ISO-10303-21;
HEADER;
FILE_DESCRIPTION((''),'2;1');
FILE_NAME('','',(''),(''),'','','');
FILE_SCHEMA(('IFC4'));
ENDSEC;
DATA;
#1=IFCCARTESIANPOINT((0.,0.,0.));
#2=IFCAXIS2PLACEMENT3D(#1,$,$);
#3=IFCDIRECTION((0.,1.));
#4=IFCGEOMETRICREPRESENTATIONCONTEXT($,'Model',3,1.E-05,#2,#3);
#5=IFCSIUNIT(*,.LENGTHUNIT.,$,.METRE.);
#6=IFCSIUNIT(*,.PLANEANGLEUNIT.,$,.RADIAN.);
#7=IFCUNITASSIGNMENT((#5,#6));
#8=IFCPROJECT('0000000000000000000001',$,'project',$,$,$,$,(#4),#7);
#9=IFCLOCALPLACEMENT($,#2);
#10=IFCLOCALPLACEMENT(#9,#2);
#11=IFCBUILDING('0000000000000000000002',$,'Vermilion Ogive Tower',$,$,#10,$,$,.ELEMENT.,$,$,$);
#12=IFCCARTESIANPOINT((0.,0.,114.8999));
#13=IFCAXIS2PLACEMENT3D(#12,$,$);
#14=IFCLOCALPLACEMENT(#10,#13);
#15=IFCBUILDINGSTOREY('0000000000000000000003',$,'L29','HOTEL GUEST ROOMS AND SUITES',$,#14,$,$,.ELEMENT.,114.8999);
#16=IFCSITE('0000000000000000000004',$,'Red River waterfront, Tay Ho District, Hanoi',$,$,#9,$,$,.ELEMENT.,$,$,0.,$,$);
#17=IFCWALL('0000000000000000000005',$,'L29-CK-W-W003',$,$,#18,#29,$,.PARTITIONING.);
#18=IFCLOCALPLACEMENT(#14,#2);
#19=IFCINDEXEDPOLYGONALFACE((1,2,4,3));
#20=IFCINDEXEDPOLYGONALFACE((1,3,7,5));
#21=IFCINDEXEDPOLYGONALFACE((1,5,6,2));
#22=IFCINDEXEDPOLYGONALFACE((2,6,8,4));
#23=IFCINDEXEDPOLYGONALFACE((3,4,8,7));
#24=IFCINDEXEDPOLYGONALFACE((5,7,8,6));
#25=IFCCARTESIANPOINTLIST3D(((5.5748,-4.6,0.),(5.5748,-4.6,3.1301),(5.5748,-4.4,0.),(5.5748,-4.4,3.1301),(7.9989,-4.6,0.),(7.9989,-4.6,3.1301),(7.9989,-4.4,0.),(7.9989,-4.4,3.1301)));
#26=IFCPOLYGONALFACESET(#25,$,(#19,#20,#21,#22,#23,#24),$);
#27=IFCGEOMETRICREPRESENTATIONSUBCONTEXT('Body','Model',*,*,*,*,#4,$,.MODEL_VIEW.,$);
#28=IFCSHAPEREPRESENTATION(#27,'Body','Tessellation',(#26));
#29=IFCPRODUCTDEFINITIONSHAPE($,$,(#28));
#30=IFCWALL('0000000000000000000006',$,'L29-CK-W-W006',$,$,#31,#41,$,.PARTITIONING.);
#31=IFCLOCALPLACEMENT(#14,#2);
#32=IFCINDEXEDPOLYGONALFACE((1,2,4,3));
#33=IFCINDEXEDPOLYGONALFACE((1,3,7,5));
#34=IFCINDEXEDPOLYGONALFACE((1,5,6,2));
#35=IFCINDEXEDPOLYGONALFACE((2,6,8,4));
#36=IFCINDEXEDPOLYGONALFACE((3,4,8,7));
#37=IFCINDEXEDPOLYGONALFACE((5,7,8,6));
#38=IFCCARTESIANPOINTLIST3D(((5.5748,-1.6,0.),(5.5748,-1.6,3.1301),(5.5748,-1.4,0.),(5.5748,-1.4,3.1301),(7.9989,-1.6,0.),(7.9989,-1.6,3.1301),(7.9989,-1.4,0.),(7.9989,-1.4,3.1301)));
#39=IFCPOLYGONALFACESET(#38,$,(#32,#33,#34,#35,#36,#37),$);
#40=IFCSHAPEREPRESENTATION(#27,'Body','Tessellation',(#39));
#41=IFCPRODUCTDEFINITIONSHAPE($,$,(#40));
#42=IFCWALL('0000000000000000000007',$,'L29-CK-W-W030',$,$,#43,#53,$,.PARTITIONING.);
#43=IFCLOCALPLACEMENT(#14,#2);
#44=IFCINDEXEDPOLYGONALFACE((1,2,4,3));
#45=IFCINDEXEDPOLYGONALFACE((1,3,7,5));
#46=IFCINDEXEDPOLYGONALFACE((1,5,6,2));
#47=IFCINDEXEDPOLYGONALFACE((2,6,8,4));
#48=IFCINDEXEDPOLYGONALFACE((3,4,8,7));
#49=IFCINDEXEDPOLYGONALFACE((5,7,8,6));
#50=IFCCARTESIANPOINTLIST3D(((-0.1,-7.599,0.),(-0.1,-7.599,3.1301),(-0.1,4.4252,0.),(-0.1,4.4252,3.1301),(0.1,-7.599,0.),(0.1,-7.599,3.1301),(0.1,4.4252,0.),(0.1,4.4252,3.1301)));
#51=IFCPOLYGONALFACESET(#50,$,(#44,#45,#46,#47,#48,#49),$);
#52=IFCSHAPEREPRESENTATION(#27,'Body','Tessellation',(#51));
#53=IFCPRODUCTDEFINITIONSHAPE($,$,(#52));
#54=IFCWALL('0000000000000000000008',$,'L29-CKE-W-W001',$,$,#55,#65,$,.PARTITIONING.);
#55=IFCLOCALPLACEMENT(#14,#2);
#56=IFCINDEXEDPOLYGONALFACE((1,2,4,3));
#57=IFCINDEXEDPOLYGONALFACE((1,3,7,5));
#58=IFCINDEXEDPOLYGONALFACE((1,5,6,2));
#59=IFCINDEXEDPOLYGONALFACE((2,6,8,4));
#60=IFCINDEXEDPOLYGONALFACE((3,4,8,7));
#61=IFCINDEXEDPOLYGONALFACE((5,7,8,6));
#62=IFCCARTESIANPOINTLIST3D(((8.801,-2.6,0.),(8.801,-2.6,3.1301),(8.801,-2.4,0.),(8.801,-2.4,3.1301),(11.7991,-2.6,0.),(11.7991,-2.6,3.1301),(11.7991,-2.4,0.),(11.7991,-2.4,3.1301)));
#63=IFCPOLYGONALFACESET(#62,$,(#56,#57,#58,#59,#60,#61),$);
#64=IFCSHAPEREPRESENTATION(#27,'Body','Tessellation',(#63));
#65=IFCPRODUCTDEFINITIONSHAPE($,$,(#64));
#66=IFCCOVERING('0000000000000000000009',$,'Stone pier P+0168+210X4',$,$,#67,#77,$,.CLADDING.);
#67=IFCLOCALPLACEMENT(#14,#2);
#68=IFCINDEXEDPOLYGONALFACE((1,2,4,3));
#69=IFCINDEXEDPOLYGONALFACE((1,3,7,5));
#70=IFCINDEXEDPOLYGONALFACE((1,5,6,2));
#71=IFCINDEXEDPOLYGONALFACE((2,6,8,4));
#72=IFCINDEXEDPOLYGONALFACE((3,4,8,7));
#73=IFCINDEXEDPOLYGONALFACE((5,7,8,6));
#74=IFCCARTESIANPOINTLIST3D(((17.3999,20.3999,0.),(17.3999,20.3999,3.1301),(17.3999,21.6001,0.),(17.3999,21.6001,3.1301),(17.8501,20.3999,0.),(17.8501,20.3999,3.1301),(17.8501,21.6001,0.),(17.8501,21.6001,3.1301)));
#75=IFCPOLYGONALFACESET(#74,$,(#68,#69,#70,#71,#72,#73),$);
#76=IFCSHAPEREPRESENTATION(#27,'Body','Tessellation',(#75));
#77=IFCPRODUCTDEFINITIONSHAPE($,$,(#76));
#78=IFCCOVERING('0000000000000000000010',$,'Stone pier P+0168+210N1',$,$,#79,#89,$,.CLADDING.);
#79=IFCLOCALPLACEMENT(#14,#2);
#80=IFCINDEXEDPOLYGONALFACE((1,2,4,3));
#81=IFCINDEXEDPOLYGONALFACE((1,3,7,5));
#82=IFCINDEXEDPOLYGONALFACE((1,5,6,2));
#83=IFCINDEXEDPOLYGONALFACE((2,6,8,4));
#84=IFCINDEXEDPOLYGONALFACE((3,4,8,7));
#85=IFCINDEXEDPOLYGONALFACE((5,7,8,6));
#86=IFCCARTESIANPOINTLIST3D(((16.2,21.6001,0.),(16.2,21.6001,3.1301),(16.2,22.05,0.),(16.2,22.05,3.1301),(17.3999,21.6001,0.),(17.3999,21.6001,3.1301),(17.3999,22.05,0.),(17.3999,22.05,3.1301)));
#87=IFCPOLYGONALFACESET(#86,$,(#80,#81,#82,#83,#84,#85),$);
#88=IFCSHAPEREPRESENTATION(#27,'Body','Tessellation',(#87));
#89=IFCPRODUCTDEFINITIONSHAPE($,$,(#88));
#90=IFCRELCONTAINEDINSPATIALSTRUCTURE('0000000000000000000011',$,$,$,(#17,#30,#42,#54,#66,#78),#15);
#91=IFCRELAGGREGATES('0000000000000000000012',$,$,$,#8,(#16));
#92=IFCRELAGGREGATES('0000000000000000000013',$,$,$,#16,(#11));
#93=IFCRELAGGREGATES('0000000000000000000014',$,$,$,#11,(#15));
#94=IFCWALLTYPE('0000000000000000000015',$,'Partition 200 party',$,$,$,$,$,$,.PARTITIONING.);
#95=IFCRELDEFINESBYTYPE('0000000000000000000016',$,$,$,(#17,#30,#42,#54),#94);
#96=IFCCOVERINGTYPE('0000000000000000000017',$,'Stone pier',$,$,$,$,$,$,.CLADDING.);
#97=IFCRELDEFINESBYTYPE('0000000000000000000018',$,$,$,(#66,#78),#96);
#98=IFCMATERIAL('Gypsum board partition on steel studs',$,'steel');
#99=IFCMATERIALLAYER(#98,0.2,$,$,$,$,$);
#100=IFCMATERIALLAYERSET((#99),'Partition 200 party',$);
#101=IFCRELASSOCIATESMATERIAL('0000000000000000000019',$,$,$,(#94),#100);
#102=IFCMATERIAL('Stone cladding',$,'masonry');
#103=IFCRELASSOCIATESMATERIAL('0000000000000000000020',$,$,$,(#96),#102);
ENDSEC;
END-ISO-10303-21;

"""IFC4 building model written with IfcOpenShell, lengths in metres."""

from ifc_helpers import new_model, si_unit, direction, frame, frame_2d, origin, place, context, subcontext, project, spatial, polyline, rectangle, outline, extrude, material, layer, layer_set, type_object, element, save


model = new_model("IFC4")

# Units and contexts
model_context = context("Model", 3, precision=1e-05, world=origin(), true_north=direction((0.0, 1.0)))
body_context = subcontext(model_context, "Body", "Model", "MODEL_VIEW")
ifc_project = project(units=[si_unit("LENGTHUNIT", "METRE"), si_unit("PLANEANGLEUNIT", "RADIAN")], contexts=[model_context])

# Site, building, storey
site_placement = place(None, origin())
site = spatial("IfcSite", under=ifc_project, at=site_placement, Name="Red River waterfront, Tay Ho District, Hanoi", CompositionType="ELEMENT", RefElevation=0.0)
building_placement = place(site_placement, origin())
building = spatial("IfcBuilding", under=site, at=building_placement, Name="Vermilion Ogive Tower", CompositionType="ELEMENT")
storey_placement = place(building_placement, frame((0.0, 0.0, 114.8999)))
storey = spatial("IfcBuildingStorey", under=building, at=storey_placement, Name="L29", Description="HOTEL GUEST ROOMS AND SUITES", CompositionType="ELEMENT", Elevation=114.8999)

# Walls
ifc_material_1 = material(Name="Gypsum board partition on steel studs", Category="steel")
ifc_layer_1 = layer(ifc_material_1, 0.2)
ifc_layer_set_1 = layer_set([ifc_layer_1], Name="Partition 200 party")
wall_type_1 = type_object("IfcWallType", Name="Partition 200 party", PredefinedType="PARTITIONING", material=ifc_layer_set_1)
for number, where, z_axis, x_axis, name in (
    (1, (5.575, -4.5, 0.0), (0.0, 0.0, 1.0), (1.0, 0.0, 0.0), "L29-CK-W-W003"),
    (2, (5.575, -1.5, 0.0), (0.0, 0.0, 1.0), (1.0, 0.0, 0.0), "L29-CK-W-W006"),
):
    element("IfcWall", number, at=place(storey_placement, frame(where, z_axis=z_axis, x_axis=x_axis)), inside=storey, type_object=wall_type_1, Name=name, PredefinedType="PARTITIONING", context=body_context, shape_type="SweptSolid", body=[
        extrude(rectangle(XDim=2.4241, YDim=0.2, at=frame_2d((1.2119, 0.0))), origin(), (0.0, 0.0, 1.0), 3.1301),
    ])
wall_1_placement = place(storey_placement, frame((0.0, -7.5991, 0.0), z_axis=(0.0, 0.0, 1.0), x_axis=(0.0, 1.0, 0.0)))
element("IfcWall", 3, at=wall_1_placement, inside=storey, type_object=wall_type_1, Name="L29-CK-W-W030", PredefinedType="PARTITIONING", context=body_context, shape_type="SweptSolid", body=[
    extrude(rectangle(XDim=12.0242, YDim=0.2, at=frame_2d((6.0122, 0.0))), origin(), (0.0, 0.0, 1.0), 3.1301),
])
wall_2_placement = place(storey_placement, frame((8.801, -2.5, 0.0), z_axis=(0.0, 0.0, 1.0), x_axis=(1.0, 0.0, 0.0)))
element("IfcWall", 4, at=wall_2_placement, inside=storey, type_object=wall_type_1, Name="L29-CKE-W-W001", PredefinedType="PARTITIONING", context=body_context, shape_type="SweptSolid", body=[
    extrude(rectangle(XDim=2.998, YDim=0.2, at=frame_2d((1.499, 0.0))), origin(), (0.0, 0.0, 1.0), 3.1301),
])

# Coverings
ifc_material_2 = material(Name="Stone cladding", Category="masonry")
covering_type = type_object("IfcCoveringType", Name="Stone pier", PredefinedType="CLADDING", material=ifc_material_2)
covering_1_placement = place(storey_placement, origin())
element("IfcCovering", 5, at=covering_1_placement, inside=storey, type_object=covering_type, Name="Stone pier P+0168+210X4", PredefinedType="CLADDING", context=body_context, shape_type="SweptSolid", body=[
    extrude(outline(polyline([(17.8501, 21.6001), (17.8501, 20.3999), (17.3999, 20.3999), (17.3999, 21.6001), (17.8501, 21.6001)])), origin(), (0.0, 0.0, 1.0), 3.1301),
])
covering_2_placement = place(storey_placement, origin())
element("IfcCovering", 6, at=covering_2_placement, inside=storey, type_object=covering_type, Name="Stone pier P+0168+210N1", PredefinedType="CLADDING", context=body_context, shape_type="SweptSolid", body=[
    extrude(outline(polyline([(17.3999, 22.05), (17.3999, 21.6001), (16.2, 21.6001), (16.2, 22.05), (17.3999, 22.05)])), origin(), (0.0, 0.0, 1.0), 3.1301),
])

save(model, "model.ifc")
